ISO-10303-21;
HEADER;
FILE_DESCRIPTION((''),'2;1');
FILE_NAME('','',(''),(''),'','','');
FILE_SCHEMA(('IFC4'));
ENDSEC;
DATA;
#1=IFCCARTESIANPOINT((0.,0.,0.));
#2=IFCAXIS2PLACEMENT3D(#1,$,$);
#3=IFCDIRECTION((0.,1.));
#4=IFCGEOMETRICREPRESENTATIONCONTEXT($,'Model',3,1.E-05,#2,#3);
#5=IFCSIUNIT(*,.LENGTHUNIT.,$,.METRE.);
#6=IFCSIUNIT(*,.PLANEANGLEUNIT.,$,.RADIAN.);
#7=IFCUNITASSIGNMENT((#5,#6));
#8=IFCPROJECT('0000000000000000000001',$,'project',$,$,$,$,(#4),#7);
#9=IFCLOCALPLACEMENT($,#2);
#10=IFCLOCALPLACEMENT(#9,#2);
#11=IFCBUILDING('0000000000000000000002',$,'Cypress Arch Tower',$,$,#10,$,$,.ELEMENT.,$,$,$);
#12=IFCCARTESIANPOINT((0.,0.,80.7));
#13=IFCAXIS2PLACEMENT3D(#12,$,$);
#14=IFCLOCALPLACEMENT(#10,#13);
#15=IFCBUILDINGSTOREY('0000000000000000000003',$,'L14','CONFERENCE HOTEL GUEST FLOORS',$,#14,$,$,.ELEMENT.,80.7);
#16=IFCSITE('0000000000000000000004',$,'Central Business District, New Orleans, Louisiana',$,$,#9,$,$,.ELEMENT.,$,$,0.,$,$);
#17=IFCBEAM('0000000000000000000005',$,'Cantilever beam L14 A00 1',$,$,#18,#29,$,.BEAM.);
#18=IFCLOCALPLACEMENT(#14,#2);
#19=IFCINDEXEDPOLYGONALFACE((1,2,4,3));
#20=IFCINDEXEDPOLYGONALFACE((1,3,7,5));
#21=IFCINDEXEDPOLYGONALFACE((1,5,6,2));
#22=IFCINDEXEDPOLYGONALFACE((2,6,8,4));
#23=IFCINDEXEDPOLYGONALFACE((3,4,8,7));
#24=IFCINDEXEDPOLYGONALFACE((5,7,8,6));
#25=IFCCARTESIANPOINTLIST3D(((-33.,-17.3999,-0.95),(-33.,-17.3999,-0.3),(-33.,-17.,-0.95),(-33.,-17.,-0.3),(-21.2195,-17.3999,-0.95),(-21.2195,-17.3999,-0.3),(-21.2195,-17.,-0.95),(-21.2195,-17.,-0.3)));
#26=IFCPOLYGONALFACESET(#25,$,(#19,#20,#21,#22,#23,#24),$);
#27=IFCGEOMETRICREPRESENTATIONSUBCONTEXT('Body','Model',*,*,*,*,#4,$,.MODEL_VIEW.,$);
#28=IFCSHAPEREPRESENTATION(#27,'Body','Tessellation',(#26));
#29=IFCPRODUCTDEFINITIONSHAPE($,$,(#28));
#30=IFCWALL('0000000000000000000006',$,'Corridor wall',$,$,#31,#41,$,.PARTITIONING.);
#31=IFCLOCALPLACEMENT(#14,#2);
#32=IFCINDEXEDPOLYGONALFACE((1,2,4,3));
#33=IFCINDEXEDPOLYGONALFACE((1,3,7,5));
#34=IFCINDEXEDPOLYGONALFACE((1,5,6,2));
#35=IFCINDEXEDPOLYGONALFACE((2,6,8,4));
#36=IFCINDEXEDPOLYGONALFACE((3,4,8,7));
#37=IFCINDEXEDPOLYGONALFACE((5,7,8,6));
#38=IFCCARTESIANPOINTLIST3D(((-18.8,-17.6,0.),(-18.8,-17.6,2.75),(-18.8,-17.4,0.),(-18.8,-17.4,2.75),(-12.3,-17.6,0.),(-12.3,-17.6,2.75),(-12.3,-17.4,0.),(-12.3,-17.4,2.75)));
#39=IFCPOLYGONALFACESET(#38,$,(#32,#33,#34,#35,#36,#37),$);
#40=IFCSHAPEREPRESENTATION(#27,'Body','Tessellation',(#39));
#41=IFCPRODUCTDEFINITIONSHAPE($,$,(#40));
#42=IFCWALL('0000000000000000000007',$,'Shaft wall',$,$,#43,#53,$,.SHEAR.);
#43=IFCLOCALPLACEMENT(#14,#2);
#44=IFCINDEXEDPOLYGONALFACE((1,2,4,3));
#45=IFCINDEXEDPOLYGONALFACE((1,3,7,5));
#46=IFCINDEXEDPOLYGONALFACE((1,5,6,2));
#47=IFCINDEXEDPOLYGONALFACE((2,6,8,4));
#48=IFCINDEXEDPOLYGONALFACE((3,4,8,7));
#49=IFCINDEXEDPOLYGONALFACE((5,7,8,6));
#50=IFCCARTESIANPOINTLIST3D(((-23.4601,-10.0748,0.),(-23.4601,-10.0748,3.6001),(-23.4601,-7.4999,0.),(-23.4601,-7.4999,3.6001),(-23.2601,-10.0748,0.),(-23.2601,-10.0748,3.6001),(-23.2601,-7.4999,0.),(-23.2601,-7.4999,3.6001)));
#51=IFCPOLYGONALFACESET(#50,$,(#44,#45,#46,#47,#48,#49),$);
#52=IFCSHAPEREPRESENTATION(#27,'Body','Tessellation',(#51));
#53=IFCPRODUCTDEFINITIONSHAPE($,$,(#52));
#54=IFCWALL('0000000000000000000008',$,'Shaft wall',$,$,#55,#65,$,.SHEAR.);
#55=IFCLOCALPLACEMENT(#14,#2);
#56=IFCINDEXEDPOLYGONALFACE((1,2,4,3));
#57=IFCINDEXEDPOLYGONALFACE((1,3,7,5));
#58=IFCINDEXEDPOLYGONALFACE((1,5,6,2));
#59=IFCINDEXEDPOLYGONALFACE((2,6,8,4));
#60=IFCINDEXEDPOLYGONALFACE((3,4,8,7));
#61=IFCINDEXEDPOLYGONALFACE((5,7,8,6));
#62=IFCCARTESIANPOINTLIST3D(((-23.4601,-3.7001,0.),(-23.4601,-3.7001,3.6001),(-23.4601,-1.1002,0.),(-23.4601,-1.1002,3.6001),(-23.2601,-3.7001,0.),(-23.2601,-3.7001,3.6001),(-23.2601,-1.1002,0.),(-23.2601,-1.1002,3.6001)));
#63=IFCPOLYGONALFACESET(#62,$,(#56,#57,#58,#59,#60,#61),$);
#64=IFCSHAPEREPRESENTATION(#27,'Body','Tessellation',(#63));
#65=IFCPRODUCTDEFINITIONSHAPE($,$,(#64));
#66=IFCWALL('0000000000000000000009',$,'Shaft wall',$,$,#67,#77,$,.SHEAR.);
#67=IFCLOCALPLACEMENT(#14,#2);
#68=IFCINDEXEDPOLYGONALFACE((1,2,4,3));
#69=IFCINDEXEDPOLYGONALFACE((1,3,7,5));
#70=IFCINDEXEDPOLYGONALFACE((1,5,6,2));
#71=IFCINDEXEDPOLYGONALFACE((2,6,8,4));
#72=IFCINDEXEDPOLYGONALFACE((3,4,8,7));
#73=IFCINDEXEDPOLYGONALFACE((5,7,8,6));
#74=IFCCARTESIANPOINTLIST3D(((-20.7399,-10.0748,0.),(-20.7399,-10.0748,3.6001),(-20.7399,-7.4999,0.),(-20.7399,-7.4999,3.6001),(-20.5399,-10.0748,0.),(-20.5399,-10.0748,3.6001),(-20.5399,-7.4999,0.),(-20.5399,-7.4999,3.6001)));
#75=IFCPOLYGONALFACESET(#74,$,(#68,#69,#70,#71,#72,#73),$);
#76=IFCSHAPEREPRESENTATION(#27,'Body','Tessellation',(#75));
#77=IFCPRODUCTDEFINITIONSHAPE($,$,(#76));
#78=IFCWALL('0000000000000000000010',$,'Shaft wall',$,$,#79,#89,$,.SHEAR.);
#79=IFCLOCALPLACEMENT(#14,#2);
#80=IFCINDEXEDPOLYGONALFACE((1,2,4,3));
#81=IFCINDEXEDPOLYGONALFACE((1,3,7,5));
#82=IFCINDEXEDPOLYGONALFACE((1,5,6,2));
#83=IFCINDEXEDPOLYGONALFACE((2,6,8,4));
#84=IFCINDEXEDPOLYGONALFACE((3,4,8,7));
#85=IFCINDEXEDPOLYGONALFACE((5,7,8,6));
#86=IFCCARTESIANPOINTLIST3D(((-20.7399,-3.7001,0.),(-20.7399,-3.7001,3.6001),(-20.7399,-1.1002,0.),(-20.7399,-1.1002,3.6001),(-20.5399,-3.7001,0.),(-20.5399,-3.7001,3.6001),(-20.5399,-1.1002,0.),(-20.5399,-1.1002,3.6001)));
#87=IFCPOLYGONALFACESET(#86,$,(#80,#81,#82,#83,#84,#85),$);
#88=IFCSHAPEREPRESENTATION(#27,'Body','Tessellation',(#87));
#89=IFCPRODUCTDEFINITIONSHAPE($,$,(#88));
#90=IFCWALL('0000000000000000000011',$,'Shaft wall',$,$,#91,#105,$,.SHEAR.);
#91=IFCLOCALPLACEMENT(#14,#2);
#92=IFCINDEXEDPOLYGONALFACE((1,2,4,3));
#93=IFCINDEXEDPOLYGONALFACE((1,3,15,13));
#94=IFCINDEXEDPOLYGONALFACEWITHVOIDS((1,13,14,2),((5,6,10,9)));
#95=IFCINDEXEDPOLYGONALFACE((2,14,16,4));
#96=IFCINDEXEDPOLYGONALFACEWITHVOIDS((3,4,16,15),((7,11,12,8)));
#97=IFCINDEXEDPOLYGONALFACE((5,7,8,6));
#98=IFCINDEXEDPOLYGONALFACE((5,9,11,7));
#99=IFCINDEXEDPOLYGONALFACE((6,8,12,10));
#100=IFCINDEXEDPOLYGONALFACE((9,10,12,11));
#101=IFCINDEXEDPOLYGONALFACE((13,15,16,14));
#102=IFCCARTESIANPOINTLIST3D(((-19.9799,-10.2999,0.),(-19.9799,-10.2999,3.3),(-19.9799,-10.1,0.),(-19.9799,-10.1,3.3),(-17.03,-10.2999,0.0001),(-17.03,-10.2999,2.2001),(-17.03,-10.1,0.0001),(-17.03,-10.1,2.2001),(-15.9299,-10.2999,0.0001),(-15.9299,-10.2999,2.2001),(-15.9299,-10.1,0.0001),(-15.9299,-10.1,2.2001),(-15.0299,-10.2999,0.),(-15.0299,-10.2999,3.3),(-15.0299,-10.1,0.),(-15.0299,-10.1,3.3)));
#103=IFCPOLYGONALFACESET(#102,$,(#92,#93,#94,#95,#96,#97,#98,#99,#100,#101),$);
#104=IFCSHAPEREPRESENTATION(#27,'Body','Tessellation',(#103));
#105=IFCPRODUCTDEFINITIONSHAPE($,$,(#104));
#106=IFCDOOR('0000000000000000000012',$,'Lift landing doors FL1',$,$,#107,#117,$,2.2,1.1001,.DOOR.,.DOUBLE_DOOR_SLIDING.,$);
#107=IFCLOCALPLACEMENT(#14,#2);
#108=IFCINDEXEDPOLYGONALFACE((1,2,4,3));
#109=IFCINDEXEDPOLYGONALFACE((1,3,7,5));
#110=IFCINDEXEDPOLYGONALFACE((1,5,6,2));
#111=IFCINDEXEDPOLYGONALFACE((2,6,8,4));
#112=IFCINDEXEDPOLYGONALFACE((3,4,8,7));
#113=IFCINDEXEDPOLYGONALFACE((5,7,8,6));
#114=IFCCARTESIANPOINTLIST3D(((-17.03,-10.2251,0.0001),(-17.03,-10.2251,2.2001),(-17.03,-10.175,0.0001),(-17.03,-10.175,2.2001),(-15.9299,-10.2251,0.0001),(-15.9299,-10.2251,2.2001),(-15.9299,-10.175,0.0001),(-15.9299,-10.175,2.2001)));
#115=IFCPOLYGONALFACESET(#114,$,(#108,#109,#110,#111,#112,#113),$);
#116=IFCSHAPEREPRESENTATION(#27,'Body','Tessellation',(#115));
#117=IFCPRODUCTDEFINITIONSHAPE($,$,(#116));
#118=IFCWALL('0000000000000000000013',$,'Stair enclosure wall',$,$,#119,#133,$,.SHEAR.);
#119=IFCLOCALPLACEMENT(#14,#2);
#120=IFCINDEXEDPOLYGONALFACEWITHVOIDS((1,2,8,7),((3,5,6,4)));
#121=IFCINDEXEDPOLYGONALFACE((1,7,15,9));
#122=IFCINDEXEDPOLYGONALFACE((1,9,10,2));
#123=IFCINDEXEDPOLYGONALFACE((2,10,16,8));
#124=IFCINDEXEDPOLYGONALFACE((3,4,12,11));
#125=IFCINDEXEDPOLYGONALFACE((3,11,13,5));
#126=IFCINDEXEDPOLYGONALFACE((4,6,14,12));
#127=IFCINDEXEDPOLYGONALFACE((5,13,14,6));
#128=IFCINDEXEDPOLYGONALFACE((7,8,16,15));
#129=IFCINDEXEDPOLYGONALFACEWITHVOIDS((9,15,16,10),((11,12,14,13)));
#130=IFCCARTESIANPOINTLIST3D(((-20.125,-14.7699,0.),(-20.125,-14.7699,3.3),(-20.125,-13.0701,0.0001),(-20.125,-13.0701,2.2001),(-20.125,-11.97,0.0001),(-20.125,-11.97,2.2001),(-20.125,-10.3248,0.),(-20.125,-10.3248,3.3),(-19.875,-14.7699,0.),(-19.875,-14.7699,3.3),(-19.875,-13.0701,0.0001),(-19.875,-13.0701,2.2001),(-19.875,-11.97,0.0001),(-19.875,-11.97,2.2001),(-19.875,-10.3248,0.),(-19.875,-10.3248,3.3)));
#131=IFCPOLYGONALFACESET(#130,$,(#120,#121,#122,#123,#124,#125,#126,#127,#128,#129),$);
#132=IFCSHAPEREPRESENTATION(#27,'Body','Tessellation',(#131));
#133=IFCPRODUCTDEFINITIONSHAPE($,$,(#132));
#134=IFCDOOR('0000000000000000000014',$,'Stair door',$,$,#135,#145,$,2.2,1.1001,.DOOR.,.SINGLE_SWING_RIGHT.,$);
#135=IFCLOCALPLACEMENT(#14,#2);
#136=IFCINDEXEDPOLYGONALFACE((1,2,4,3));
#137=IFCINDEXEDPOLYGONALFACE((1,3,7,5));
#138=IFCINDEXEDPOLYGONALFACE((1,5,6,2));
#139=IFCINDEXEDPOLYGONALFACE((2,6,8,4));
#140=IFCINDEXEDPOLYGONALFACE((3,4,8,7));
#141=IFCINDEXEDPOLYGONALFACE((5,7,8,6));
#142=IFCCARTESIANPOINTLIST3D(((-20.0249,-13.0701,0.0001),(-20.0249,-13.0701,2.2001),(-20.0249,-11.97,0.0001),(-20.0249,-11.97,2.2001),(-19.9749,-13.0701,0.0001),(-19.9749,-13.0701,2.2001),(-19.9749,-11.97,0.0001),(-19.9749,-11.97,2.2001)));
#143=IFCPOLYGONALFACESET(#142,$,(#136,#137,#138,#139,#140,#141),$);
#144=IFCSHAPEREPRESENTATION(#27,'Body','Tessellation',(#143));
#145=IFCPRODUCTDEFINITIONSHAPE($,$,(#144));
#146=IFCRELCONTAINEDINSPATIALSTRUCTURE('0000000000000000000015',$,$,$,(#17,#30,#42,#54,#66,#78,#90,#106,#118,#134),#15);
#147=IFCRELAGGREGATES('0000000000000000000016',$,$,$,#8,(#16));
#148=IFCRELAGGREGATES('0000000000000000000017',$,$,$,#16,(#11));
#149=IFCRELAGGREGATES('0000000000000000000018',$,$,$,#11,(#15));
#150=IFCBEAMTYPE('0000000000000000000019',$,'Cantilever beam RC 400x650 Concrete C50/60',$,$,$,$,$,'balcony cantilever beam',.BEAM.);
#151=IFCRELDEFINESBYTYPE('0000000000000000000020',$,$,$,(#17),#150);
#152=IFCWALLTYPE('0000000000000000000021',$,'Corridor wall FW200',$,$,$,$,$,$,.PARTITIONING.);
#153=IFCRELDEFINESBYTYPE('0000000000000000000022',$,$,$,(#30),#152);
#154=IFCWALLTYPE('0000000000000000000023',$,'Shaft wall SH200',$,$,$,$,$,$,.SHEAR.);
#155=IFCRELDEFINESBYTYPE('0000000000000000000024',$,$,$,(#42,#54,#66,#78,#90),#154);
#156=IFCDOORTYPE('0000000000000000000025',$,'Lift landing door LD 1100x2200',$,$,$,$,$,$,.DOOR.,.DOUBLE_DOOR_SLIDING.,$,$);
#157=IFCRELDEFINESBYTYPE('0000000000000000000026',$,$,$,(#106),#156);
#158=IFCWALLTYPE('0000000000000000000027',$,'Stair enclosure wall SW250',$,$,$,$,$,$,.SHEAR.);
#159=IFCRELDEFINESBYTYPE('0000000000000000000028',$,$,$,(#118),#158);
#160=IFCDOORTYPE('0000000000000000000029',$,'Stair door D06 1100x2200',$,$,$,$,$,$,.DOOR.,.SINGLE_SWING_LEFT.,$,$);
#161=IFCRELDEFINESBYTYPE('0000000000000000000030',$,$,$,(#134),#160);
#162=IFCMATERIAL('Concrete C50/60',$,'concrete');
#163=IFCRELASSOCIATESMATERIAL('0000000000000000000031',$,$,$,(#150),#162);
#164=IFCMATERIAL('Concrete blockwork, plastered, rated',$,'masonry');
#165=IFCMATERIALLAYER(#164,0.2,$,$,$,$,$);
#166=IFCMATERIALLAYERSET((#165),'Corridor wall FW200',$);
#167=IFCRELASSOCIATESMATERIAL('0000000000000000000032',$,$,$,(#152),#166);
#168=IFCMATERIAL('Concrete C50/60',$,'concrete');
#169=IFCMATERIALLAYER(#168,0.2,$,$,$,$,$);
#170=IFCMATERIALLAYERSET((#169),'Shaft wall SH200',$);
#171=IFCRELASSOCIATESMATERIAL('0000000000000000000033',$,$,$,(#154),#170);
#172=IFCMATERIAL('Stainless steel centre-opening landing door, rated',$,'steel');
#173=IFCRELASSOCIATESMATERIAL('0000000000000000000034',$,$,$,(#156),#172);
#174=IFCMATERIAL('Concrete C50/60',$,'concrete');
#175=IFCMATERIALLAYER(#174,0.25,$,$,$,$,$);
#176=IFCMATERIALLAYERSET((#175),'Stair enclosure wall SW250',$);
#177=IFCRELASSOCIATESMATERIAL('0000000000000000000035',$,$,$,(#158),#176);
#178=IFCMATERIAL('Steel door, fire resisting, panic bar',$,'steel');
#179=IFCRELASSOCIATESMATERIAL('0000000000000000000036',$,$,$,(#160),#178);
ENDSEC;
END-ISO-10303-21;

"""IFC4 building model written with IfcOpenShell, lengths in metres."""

from ifc_helpers import new_model, si_unit, direction, frame, frame_2d, origin, origin_2d, place, context, subcontext, project, spatial, rectangle, extrude, material, layer, layer_set, material_profile, profile_set, type_object, element, fill, save


model = new_model("IFC4")

# Units and contexts
model_context = context("Model", 3, precision=1e-05, world=origin(), true_north=direction((0.0, 1.0)))
body_context = subcontext(model_context, "Body", "Model", "MODEL_VIEW")
ifc_project = project(units=[si_unit("LENGTHUNIT", "METRE"), si_unit("PLANEANGLEUNIT", "RADIAN")], contexts=[model_context])

# Site, building, storey
site_placement = place(None, origin())
site = spatial("IfcSite", under=ifc_project, at=site_placement, Name="Central Business District, New Orleans, Louisiana", CompositionType="ELEMENT", RefElevation=0.0)
building_placement = place(site_placement, origin())
building = spatial("IfcBuilding", under=site, at=building_placement, Name="Cypress Arch Tower", CompositionType="ELEMENT")
storey_placement = place(building_placement, frame((0.0, 0.0, 80.7)))
storey = spatial("IfcBuildingStorey", under=building, at=storey_placement, Name="L14", Description="CONFERENCE HOTEL GUEST FLOORS", CompositionType="ELEMENT", Elevation=80.7)

# Beam
ifc_material_1 = material(Name="Concrete C50/60", Category="concrete")
ifc_material_profile = material_profile(ifc_material_1, rectangle(XDim=0.3999, YDim=0.6499, at=origin_2d()), Name="RC 400x650")
ifc_profile_set = profile_set([ifc_material_profile], Name="Concrete C50/60")
beam_type = type_object("IfcBeamType", Name="Cantilever beam RC 400x650 Concrete C50/60", ElementType="balcony cantilever beam", PredefinedType="BEAM", material=ifc_profile_set)
beam_placement = place(storey_placement, frame((-21.2195, -17.2, -0.625), z_axis=(-1.0, 0.0, 0.0), x_axis=(0.0, -1.0, 0.0)))
element("IfcBeam", 1, at=beam_placement, inside=storey, type_object=beam_type, Name="Cantilever beam L14 A00 1", PredefinedType="BEAM", context=body_context, shape_type="SweptSolid", body=[
    extrude(rectangle(XDim=0.3999, YDim=0.6499, at=origin_2d()), origin(), (0.0, 0.0, 1.0), 11.7805),
])

# Walls
ifc_material_2 = material(Name="Concrete blockwork, plastered, rated", Category="masonry")
ifc_layer_1 = layer(ifc_material_2, 0.2)
ifc_layer_set_1 = layer_set([ifc_layer_1], Name="Corridor wall FW200")
wall_type_1 = type_object("IfcWallType", Name="Corridor wall FW200", PredefinedType="PARTITIONING", material=ifc_layer_set_1)
wall_1_placement = place(storey_placement, frame((-18.8, -17.5, 0.0), z_axis=(0.0, 0.0, 1.0), x_axis=(1.0, 0.0, 0.0)))
element("IfcWall", 2, at=wall_1_placement, inside=storey, type_object=wall_type_1, Name="Corridor wall", PredefinedType="PARTITIONING", context=body_context, shape_type="SweptSolid", body=[
    extrude(rectangle(XDim=6.5, YDim=0.2, at=frame_2d((3.25, 0.0))), origin(), (0.0, 0.0, 1.0), 2.75),
])
ifc_material_3 = material(Name="Concrete C50/60", Category="concrete")
ifc_layer_2 = layer(ifc_material_3, 0.2)
ifc_layer_set_2 = layer_set([ifc_layer_2], Name="Shaft wall SH200")
wall_type_2 = type_object("IfcWallType", Name="Shaft wall SH200", PredefinedType="SHEAR", material=ifc_layer_set_2)
wall_2_placement = place(storey_placement, frame((-23.3601, -10.075, 0.0), z_axis=(0.0, 0.0, 1.0), x_axis=(0.0, 1.0, 0.0)))
element("IfcWall", 3, at=wall_2_placement, inside=storey, type_object=wall_type_2, Name="Shaft wall", PredefinedType="SHEAR", context=body_context, shape_type="SweptSolid", body=[
    extrude(rectangle(XDim=2.575, YDim=0.2, at=frame_2d((1.2876, 0.0))), origin(), (0.0, 0.0, 1.0), 3.6001),
])
wall_3_placement = place(storey_placement, frame((-23.3601, -3.7, 0.0), z_axis=(0.0, 0.0, 1.0), x_axis=(0.0, 1.0, 0.0)))
element("IfcWall", 4, at=wall_3_placement, inside=storey, type_object=wall_type_2, Name="Shaft wall", PredefinedType="SHEAR", context=body_context, shape_type="SweptSolid", body=[
    extrude(rectangle(XDim=2.5999, YDim=0.2, at=frame_2d((1.2998, 0.0))), origin(), (0.0, 0.0, 1.0), 3.6001),
])
wall_4_placement = place(storey_placement, frame((-20.6399, -10.075, 0.0), z_axis=(0.0, 0.0, 1.0), x_axis=(0.0, 1.0, 0.0)))
element("IfcWall", 5, at=wall_4_placement, inside=storey, type_object=wall_type_2, Name="Shaft wall", PredefinedType="SHEAR", context=body_context, shape_type="SweptSolid", body=[
    extrude(rectangle(XDim=2.575, YDim=0.2, at=frame_2d((1.2876, 0.0))), origin(), (0.0, 0.0, 1.0), 3.6001),
])
wall_5_placement = place(storey_placement, frame((-20.6399, -3.7, 0.0), z_axis=(0.0, 0.0, 1.0), x_axis=(0.0, 1.0, 0.0)))
element("IfcWall", 6, at=wall_5_placement, inside=storey, type_object=wall_type_2, Name="Shaft wall", PredefinedType="SHEAR", context=body_context, shape_type="SweptSolid", body=[
    extrude(rectangle(XDim=2.5999, YDim=0.2, at=frame_2d((1.2998, 0.0))), origin(), (0.0, 0.0, 1.0), 3.6001),
])

# Walls, openings, doors
wall_6_placement = place(storey_placement, frame((-19.98, -10.2, 0.0), z_axis=(0.0, 0.0, 1.0), x_axis=(1.0, 0.0, 0.0)))
wall_6 = element("IfcWall", 7, at=wall_6_placement, inside=storey, type_object=wall_type_2, Name="Shaft wall", PredefinedType="SHEAR", context=body_context, shape_type="SweptSolid", body=[
    extrude(rectangle(XDim=4.95, YDim=0.2, at=frame_2d((2.4751, 0.0))), origin(), (0.0, 0.0, 1.0), 3.3),
])
opening_1_placement = place(wall_6_placement, frame((2.95, 0.0, 0.0)))
opening_1 = element("IfcOpeningElement", 8, at=opening_1_placement, cuts=wall_6, PredefinedType="OPENING", context=body_context, shape_type="SweptSolid", body=[
    extrude(rectangle(XDim=1.1001, YDim=2.2, at=frame_2d((0.55, 1.1001))), frame((0.0, 0.1099, 0.0), z_axis=(0.0, -1.0, 0.0), x_axis=(1.0, 0.0, 0.0)), (0.0, 0.0, 1.0), 0.22),
])
ifc_material_4 = material(Name="Stainless steel centre-opening landing door, rated", Category="steel")
door_type_1 = type_object("IfcDoorType", Name="Lift landing door LD 1100x2200", OperationType="DOUBLE_DOOR_SLIDING", PredefinedType="DOOR", material=ifc_material_4)
door_1_placement = place(opening_1_placement, origin())
door_1 = element("IfcDoor", 9, at=door_1_placement, inside=storey, type_object=door_type_1, Name="Lift landing doors FL1", OperationType="DOUBLE_DOOR_SLIDING", OverallHeight=2.2, OverallWidth=1.1001, PredefinedType="DOOR", context=body_context, shape_type="SweptSolid", body=[
    extrude(rectangle(XDim=1.1001, YDim=2.2, at=frame_2d((0.55, 1.1001))), frame((0.0, 0.0249, 0.0), z_axis=(0.0, -1.0, 0.0), x_axis=(1.0, 0.0, 0.0)), (0.0, 0.0, 1.0), 0.05),
])
fill(opening_1, door_1)
ifc_material_5 = material(Name="Concrete C50/60", Category="concrete")
ifc_layer_3 = layer(ifc_material_5, 0.25)
ifc_layer_set_3 = layer_set([ifc_layer_3], Name="Stair enclosure wall SW250")
wall_type_3 = type_object("IfcWallType", Name="Stair enclosure wall SW250", PredefinedType="SHEAR", material=ifc_layer_set_3)
wall_7_placement = place(storey_placement, frame((-20.0, -14.77, 0.0), z_axis=(0.0, 0.0, 1.0), x_axis=(0.0, 1.0, 0.0)))
wall_7 = element("IfcWall", 10, at=wall_7_placement, inside=storey, type_object=wall_type_3, Name="Stair enclosure wall", PredefinedType="SHEAR", context=body_context, shape_type="SweptSolid", body=[
    extrude(rectangle(XDim=4.4451, YDim=0.25, at=frame_2d((2.2227, 0.0))), origin(), (0.0, 0.0, 1.0), 3.3),
])
opening_2_placement = place(wall_7_placement, frame((1.7, 0.0, 0.0)))
opening_2 = element("IfcOpeningElement", 11, at=opening_2_placement, cuts=wall_7, PredefinedType="OPENING", context=body_context, shape_type="SweptSolid", body=[
    extrude(rectangle(XDim=1.1001, YDim=2.2, at=frame_2d((0.55, 1.1001))), frame((0.0, 0.135, 0.0), z_axis=(0.0, -1.0, 0.0), x_axis=(1.0, 0.0, 0.0)), (0.0, 0.0, 1.0), 0.27),
])
ifc_material_6 = material(Name="Steel door, fire resisting, panic bar", Category="steel")
door_type_2 = type_object("IfcDoorType", Name="Stair door D06 1100x2200", OperationType="SINGLE_SWING_LEFT", PredefinedType="DOOR", material=ifc_material_6)
door_2_placement = place(opening_2_placement, origin())
door_2 = element("IfcDoor", 12, at=door_2_placement, inside=storey, type_object=door_type_2, Name="Stair door", OperationType="SINGLE_SWING_RIGHT", OverallHeight=2.2, OverallWidth=1.1001, PredefinedType="DOOR", context=body_context, shape_type="SweptSolid", body=[
    extrude(rectangle(XDim=1.1001, YDim=2.2, at=frame_2d((0.55, 1.1001))), frame((0.0, 0.0249, 0.0), z_axis=(0.0, -1.0, 0.0), x_axis=(1.0, 0.0, 0.0)), (0.0, 0.0, 1.0), 0.05),
])
fill(opening_2, door_2)

save(model, "model.ifc")
